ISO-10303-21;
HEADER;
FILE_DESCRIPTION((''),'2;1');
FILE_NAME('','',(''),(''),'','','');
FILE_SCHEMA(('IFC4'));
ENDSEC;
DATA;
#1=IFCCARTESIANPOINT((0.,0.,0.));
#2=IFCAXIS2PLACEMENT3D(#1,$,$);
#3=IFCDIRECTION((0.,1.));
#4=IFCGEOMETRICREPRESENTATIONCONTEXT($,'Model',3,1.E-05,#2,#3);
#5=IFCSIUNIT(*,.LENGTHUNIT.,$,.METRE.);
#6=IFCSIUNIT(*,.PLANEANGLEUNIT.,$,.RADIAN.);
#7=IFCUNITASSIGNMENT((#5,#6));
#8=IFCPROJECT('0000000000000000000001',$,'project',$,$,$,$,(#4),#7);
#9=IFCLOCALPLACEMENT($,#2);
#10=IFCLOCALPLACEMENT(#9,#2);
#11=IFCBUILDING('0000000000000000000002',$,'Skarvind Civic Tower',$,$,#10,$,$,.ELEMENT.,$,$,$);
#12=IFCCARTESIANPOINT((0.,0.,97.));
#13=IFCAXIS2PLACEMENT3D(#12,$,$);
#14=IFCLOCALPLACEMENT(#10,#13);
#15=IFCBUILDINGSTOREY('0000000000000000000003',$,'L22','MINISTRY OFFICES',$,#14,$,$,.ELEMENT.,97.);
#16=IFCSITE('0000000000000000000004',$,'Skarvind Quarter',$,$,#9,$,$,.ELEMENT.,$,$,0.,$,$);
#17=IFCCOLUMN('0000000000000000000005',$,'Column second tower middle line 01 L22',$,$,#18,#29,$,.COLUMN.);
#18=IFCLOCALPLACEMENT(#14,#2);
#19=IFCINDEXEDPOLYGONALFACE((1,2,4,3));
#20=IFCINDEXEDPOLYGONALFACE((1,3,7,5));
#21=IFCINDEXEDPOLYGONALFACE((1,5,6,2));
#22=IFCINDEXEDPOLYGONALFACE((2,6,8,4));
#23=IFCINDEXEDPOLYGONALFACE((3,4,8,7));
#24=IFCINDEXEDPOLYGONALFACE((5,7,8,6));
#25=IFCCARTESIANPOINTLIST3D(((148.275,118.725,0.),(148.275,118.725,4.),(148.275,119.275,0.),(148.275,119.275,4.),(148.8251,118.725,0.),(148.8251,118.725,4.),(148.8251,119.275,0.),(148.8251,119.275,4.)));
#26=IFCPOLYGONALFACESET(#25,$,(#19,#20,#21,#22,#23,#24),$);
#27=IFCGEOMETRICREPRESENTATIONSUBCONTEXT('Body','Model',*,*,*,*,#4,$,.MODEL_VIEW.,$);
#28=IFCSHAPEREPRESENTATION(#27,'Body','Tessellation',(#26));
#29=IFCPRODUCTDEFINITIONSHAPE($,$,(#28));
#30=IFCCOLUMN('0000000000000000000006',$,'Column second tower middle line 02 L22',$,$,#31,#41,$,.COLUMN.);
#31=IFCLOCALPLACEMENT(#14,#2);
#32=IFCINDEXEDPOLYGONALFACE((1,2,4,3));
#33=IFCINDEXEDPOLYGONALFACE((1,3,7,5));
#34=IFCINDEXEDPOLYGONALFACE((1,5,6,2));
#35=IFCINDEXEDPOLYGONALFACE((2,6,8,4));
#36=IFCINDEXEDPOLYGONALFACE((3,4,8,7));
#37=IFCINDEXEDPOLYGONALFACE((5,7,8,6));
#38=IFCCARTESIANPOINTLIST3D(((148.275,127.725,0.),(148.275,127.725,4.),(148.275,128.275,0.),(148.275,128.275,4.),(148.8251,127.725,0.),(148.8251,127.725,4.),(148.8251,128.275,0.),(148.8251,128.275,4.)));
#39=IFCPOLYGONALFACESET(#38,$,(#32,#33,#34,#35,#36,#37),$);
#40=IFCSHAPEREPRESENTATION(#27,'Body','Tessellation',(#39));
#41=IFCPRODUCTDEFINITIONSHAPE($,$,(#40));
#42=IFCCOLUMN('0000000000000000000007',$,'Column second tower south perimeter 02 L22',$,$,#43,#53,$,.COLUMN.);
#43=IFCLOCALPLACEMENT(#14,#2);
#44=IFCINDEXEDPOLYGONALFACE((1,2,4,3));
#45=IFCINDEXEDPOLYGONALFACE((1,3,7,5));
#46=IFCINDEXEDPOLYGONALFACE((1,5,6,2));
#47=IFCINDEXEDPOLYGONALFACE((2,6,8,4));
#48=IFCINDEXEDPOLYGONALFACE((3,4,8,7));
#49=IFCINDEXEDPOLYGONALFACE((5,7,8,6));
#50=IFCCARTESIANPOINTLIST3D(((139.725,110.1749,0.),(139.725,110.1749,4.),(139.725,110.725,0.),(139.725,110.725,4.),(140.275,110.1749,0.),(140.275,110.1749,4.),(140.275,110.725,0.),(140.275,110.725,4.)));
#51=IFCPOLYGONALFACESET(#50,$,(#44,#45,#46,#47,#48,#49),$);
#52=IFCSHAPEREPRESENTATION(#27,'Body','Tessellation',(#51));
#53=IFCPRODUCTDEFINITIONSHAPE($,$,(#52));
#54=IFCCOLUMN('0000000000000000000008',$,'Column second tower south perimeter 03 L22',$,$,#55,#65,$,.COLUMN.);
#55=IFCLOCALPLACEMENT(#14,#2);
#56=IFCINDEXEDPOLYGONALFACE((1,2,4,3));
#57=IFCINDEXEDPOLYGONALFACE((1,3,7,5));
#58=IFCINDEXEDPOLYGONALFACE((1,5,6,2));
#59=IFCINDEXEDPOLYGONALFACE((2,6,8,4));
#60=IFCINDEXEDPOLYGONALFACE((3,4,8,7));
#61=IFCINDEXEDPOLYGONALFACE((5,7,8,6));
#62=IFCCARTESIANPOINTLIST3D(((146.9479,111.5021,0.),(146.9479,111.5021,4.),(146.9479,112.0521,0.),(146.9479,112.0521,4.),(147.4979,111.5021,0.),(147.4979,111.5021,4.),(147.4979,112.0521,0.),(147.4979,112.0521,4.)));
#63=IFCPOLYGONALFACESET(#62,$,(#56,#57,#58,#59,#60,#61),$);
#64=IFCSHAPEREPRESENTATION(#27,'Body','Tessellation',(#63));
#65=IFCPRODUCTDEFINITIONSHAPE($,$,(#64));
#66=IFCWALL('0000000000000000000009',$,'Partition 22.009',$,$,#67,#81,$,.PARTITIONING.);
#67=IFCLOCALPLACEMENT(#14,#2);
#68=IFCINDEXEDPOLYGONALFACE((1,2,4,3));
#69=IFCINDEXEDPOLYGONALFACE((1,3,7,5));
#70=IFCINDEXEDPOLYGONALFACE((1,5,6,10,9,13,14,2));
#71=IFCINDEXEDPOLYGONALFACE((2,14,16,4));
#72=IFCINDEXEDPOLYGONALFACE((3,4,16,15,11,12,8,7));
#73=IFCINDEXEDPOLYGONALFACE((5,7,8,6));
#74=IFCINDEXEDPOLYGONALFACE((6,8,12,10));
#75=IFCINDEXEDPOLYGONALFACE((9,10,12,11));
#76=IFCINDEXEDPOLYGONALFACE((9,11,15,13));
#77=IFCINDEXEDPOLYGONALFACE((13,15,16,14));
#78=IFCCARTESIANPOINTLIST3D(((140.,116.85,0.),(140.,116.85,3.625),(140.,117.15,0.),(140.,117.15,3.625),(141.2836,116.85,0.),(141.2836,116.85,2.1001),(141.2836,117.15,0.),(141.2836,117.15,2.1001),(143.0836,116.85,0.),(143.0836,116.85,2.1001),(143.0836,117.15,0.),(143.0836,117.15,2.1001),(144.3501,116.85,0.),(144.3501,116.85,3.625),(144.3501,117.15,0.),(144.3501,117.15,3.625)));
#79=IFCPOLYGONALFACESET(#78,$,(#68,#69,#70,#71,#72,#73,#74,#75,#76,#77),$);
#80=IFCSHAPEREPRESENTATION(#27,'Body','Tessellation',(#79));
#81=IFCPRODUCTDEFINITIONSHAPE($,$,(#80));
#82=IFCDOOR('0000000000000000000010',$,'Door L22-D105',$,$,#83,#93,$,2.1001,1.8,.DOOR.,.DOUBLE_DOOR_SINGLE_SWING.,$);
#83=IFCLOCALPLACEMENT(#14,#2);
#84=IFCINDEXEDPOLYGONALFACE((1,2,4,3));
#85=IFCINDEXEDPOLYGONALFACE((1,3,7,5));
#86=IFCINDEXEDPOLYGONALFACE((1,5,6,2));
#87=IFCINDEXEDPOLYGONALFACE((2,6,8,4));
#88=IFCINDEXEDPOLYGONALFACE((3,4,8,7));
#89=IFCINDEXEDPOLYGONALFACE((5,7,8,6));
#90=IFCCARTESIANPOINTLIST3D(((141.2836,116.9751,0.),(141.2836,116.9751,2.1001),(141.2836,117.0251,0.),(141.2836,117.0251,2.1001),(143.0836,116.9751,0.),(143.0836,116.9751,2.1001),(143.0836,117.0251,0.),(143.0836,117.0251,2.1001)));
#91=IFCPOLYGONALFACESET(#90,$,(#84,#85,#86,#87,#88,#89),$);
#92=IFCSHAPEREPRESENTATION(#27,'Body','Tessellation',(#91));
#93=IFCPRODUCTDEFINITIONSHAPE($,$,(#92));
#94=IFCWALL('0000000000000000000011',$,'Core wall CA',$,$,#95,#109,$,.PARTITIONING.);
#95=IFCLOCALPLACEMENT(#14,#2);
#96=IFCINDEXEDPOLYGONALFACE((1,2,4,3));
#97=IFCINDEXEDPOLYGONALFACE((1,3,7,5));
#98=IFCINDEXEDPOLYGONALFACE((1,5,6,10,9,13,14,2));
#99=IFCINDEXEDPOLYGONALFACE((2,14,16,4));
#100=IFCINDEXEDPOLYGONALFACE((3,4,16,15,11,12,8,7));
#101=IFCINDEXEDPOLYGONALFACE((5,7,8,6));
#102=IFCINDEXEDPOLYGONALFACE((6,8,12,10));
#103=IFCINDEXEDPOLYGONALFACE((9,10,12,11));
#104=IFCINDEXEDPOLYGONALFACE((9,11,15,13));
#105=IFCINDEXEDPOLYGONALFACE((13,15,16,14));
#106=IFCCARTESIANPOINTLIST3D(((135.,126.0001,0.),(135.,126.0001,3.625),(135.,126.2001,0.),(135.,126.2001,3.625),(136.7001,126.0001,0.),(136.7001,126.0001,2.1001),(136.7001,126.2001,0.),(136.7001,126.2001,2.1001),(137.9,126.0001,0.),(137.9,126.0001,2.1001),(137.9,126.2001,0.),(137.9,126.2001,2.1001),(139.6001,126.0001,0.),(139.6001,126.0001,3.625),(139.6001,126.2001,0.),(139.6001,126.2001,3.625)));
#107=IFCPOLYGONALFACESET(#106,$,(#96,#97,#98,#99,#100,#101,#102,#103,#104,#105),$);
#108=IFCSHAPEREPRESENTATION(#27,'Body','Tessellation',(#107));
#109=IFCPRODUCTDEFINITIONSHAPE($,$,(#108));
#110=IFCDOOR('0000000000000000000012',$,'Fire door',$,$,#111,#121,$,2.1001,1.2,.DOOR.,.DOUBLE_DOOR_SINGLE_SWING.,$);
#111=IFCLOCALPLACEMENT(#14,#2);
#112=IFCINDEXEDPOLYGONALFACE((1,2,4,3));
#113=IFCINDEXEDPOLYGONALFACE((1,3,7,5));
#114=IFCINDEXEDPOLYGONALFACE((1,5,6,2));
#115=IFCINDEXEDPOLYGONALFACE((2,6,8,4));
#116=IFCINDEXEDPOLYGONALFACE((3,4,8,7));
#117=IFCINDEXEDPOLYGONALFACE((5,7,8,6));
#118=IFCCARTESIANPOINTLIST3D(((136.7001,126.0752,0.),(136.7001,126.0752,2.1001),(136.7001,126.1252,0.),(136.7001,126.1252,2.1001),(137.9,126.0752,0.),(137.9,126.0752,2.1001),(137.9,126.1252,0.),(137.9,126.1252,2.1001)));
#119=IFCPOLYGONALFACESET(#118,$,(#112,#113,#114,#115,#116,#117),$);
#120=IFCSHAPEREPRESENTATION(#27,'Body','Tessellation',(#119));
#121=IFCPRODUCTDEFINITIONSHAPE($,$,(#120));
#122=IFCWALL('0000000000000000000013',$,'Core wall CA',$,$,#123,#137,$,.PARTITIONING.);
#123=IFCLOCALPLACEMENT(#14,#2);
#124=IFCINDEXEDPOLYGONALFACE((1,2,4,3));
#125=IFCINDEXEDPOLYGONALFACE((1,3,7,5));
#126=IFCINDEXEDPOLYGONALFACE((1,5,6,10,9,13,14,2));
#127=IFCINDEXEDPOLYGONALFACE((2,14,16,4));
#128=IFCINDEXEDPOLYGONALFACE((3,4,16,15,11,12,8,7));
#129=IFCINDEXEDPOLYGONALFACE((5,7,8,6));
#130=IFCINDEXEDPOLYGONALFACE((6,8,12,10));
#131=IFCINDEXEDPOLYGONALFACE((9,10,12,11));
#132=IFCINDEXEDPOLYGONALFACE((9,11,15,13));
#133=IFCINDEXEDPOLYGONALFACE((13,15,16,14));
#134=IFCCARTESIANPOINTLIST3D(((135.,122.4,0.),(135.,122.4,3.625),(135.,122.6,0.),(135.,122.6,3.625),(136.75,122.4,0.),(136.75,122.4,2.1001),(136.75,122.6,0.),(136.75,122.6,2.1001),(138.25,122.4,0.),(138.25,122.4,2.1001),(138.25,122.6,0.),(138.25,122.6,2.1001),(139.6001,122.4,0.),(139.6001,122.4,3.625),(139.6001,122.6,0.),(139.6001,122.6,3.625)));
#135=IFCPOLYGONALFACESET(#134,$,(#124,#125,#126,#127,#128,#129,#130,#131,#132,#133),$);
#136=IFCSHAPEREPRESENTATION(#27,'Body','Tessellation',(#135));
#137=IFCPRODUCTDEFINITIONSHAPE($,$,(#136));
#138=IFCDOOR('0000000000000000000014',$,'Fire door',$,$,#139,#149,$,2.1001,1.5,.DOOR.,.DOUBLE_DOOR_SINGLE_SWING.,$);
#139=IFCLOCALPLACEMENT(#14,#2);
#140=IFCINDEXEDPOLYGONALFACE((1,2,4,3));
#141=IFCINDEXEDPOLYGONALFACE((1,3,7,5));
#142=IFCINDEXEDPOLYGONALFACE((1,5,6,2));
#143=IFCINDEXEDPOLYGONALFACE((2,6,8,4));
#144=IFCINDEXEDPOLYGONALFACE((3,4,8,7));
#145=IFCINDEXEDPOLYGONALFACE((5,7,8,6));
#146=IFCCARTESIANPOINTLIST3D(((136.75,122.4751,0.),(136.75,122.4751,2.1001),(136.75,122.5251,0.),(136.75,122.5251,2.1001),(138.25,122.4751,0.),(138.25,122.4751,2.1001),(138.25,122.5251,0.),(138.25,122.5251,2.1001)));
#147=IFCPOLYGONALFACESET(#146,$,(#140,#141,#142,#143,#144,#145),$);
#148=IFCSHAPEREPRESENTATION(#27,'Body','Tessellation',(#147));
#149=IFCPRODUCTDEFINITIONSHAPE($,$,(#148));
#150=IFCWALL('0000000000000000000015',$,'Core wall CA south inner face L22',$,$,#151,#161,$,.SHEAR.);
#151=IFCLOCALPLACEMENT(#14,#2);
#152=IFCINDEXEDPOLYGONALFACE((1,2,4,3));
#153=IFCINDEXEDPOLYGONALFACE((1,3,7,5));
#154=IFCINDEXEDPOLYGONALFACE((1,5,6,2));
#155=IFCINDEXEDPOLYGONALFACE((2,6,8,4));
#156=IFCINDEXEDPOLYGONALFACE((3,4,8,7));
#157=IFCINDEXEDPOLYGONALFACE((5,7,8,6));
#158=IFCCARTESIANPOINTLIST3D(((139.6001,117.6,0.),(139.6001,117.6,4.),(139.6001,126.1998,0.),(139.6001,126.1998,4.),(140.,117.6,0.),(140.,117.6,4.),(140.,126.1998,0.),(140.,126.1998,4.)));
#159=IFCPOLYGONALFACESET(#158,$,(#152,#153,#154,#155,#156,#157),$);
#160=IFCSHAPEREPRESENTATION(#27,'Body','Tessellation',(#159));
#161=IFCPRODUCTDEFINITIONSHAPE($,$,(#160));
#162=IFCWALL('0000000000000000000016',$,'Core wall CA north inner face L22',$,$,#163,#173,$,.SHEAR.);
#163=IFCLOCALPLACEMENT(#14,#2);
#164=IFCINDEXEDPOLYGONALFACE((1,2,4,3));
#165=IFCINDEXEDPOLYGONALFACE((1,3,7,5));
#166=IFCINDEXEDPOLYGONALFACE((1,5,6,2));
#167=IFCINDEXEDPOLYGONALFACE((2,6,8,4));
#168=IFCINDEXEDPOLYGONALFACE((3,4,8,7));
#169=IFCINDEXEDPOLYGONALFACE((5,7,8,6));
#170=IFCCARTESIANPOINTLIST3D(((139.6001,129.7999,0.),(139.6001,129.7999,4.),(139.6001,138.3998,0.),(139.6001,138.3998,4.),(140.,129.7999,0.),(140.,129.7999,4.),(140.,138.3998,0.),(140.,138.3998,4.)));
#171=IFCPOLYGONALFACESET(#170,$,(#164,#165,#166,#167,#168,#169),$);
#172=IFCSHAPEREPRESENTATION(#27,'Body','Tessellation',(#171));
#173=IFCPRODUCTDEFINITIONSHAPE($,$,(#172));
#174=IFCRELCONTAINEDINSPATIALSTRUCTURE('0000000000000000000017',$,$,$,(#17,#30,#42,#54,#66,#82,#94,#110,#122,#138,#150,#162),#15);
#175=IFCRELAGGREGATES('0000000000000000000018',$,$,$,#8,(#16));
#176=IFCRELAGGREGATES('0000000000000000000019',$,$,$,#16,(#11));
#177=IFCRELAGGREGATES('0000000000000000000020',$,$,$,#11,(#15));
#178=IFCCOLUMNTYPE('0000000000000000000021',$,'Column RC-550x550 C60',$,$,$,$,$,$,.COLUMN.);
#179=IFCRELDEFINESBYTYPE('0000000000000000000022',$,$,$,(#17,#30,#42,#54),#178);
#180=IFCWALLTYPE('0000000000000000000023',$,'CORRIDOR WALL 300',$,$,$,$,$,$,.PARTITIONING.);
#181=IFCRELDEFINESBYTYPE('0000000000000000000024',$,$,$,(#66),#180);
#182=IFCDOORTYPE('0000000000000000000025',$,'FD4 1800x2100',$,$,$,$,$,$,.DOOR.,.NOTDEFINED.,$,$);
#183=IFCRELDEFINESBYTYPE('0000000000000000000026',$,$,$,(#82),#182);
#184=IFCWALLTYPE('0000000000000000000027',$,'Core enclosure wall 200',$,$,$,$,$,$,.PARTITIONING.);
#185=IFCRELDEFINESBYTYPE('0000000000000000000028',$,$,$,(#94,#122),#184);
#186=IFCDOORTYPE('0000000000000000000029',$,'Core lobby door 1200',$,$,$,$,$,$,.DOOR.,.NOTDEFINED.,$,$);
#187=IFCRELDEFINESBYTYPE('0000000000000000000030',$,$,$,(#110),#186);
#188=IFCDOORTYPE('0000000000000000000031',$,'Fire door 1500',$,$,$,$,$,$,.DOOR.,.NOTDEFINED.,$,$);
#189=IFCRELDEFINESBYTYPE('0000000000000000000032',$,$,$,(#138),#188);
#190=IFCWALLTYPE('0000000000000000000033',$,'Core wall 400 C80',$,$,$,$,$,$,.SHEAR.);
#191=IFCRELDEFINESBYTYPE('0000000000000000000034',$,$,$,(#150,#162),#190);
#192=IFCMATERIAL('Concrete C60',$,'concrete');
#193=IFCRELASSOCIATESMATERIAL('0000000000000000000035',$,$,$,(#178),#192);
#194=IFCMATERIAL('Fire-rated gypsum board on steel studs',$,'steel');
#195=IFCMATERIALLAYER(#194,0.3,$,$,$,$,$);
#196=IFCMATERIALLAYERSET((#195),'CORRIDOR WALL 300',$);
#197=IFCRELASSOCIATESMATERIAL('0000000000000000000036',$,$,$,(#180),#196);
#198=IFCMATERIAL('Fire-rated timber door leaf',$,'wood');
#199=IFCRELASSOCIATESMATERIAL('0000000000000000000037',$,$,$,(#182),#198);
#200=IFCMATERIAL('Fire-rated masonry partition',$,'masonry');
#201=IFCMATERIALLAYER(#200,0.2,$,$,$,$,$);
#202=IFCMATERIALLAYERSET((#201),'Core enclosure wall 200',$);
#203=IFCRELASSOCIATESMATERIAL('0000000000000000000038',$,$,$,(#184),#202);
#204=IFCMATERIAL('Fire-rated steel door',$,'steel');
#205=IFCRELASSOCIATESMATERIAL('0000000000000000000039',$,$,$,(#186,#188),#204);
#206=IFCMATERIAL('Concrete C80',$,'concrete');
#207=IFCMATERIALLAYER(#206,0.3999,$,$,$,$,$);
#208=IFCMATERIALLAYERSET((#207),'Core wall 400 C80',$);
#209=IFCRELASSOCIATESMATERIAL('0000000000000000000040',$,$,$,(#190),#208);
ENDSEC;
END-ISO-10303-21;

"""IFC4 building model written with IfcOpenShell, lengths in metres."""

from ifc_helpers import new_model, si_unit, direction, frame, frame_2d, origin, origin_2d, place, context, subcontext, project, spatial, rectangle, extrude, material, layer, layer_set, material_profile, profile_set, type_object, element, fill, save


model = new_model("IFC4")

# Units and contexts
model_context = context("Model", 3, precision=1e-05, world=origin(), true_north=direction((0.0, 1.0)))
body_context = subcontext(model_context, "Body", "Model", "MODEL_VIEW")
ifc_project = project(units=[si_unit("LENGTHUNIT", "METRE"), si_unit("PLANEANGLEUNIT", "RADIAN")], contexts=[model_context])

# Site, building, storey
site_placement = place(None, origin())
site = spatial("IfcSite", under=ifc_project, at=site_placement, Name="Skarvind Quarter", CompositionType="ELEMENT", RefElevation=0.0)
building_placement = place(site_placement, origin())
building = spatial("IfcBuilding", under=site, at=building_placement, Name="Skarvind Civic Tower", CompositionType="ELEMENT")
storey_placement = place(building_placement, frame((0.0, 0.0, 97.0)))
storey = spatial("IfcBuildingStorey", under=building, at=storey_placement, Name="L22", Description="MINISTRY OFFICES", CompositionType="ELEMENT", Elevation=97.0)

# Columns
ifc_material_1 = material(Name="Concrete C60", Category="concrete")
ifc_material_profile = material_profile(ifc_material_1, rectangle(XDim=0.55, YDim=0.55, at=origin_2d()), Name="RC-550x550")
ifc_profile_set = profile_set([ifc_material_profile], Name="Concrete C60")
column_type = type_object("IfcColumnType", Name="Column RC-550x550 C60", PredefinedType="COLUMN", material=ifc_profile_set)
for number, where, z_axis, x_axis, name in (
    (1, (148.55, 119.0, 0.0), (0.0, 0.0, 1.0), (1.0, 0.0, 0.0), "Column second tower middle line 01 L22"),
    (2, (148.55, 128.0, 0.0), (0.0, 0.0, 1.0), (1.0, 0.0, 0.0), "Column second tower middle line 02 L22"),
    (3, (140.0, 110.45, 0.0), (0.0, 0.0, 1.0), (1.0, 0.0, 0.0), "Column second tower south perimeter 02 L22"),
    (4, (147.2229, 111.7771, 0.0), (0.0, 0.0, 1.0), (1.0, 0.0, 0.0), "Column second tower south perimeter 03 L22"),
):
    element("IfcColumn", number, at=place(storey_placement, frame(where, z_axis=z_axis, x_axis=x_axis)), inside=storey, type_object=column_type, Name=name, PredefinedType="COLUMN", context=body_context, shape_type="SweptSolid", body=[
        extrude(rectangle(XDim=0.55, YDim=0.55, at=origin_2d()), origin(), (0.0, 0.0, 1.0), 4.0),
    ])

# Walls, openings, doors
ifc_material_2 = material(Name="Fire-rated gypsum board on steel studs", Category="steel")
ifc_layer_1 = layer(ifc_material_2, 0.3)
ifc_layer_set_1 = layer_set([ifc_layer_1], Name="CORRIDOR WALL 300")
wall_type_1 = type_object("IfcWallType", Name="CORRIDOR WALL 300", PredefinedType="PARTITIONING", material=ifc_layer_set_1)
wall_1_placement = place(storey_placement, frame((144.3501, 117.0, 0.0), z_axis=(0.0, 0.0, 1.0), x_axis=(-1.0, 0.0, 0.0)))
wall_1 = element("IfcWall", 5, at=wall_1_placement, inside=storey, type_object=wall_type_1, Name="Partition 22.009", PredefinedType="PARTITIONING", context=body_context, shape_type="SweptSolid", body=[
    extrude(rectangle(XDim=4.3501, YDim=0.3, at=frame_2d((2.175, 0.0))), origin(), (0.0, 0.0, 1.0), 3.625),
])
opening_1_placement = place(wall_1_placement, frame((1.2666, 0.0, 0.0)))
opening_1 = element("IfcOpeningElement", 6, at=opening_1_placement, cuts=wall_1, PredefinedType="OPENING", context=body_context, shape_type="SweptSolid", body=[
    extrude(rectangle(XDim=1.8, YDim=2.1001, at=frame_2d((0.8999, 1.05))), frame((0.0, 0.1599, 0.0), z_axis=(0.0, -1.0, 0.0), x_axis=(1.0, 0.0, 0.0)), (0.0, 0.0, 1.0), 0.3201),
])
ifc_material_3 = material(Name="Fire-rated timber door leaf", Category="wood")
door_type_1 = type_object("IfcDoorType", Name="FD4 1800x2100", OperationType="NOTDEFINED", PredefinedType="DOOR", material=ifc_material_3)
door_1_placement = place(opening_1_placement, origin())
door_1 = element("IfcDoor", 7, at=door_1_placement, inside=storey, type_object=door_type_1, Name="Door L22-D105", OperationType="DOUBLE_DOOR_SINGLE_SWING", OverallHeight=2.1001, OverallWidth=1.8, PredefinedType="DOOR", context=body_context, shape_type="SweptSolid", body=[
    extrude(rectangle(XDim=1.8, YDim=2.1001, at=frame_2d((0.8999, 1.05))), frame((0.0, 0.0249, 0.0), z_axis=(0.0, -1.0, 0.0), x_axis=(1.0, 0.0, 0.0)), (0.0, 0.0, 1.0), 0.05),
])
fill(opening_1, door_1)
ifc_material_4 = material(Name="Fire-rated masonry partition", Category="masonry")
ifc_layer_2 = layer(ifc_material_4, 0.2)
ifc_layer_set_2 = layer_set([ifc_layer_2], Name="Core enclosure wall 200")
wall_type_2 = type_object("IfcWallType", Name="Core enclosure wall 200", PredefinedType="PARTITIONING", material=ifc_layer_set_2)
wall_2_placement = place(storey_placement, frame((139.6001, 126.1001, 0.0), z_axis=(0.0, 0.0, 1.0), x_axis=(-1.0, 0.0, 0.0)))
wall_2 = element("IfcWall", 8, at=wall_2_placement, inside=storey, type_object=wall_type_2, Name="Core wall CA", PredefinedType="PARTITIONING", context=body_context, shape_type="SweptSolid", body=[
    extrude(rectangle(XDim=4.6001, YDim=0.2, at=frame_2d((2.3, 0.0))), origin(), (0.0, 0.0, 1.0), 3.625),
])
opening_2_placement = place(wall_2_placement, frame((1.7, 0.0, 0.0)))
opening_2 = element("IfcOpeningElement", 9, at=opening_2_placement, cuts=wall_2, PredefinedType="OPENING", context=body_context, shape_type="SweptSolid", body=[
    extrude(rectangle(XDim=1.2, YDim=2.1001, at=frame_2d((0.6001, 1.05))), frame((0.0, 0.1099, 0.0), z_axis=(0.0, -1.0, 0.0), x_axis=(1.0, 0.0, 0.0)), (0.0, 0.0, 1.0), 0.22),
])
ifc_material_5 = material(Name="Fire-rated steel door", Category="steel")
door_type_2 = type_object("IfcDoorType", Name="Core lobby door 1200", OperationType="NOTDEFINED", PredefinedType="DOOR", material=ifc_material_5)
door_2_placement = place(opening_2_placement, origin())
door_2 = element("IfcDoor", 10, at=door_2_placement, inside=storey, type_object=door_type_2, Name="Fire door", OperationType="DOUBLE_DOOR_SINGLE_SWING", OverallHeight=2.1001, OverallWidth=1.2, PredefinedType="DOOR", context=body_context, shape_type="SweptSolid", body=[
    extrude(rectangle(XDim=1.2, YDim=2.1001, at=frame_2d((0.6001, 1.05))), frame((0.0, 0.0249, 0.0), z_axis=(0.0, -1.0, 0.0), x_axis=(1.0, 0.0, 0.0)), (0.0, 0.0, 1.0), 0.05),
])
fill(opening_2, door_2)
wall_3_placement = place(storey_placement, frame((139.6001, 122.5, 0.0), z_axis=(0.0, 0.0, 1.0), x_axis=(-1.0, 0.0, 0.0)))
wall_3 = element("IfcWall", 11, at=wall_3_placement, inside=storey, type_object=wall_type_2, Name="Core wall CA", PredefinedType="PARTITIONING", context=body_context, shape_type="SweptSolid", body=[
    extrude(rectangle(XDim=4.6001, YDim=0.2, at=frame_2d((2.3, 0.0))), origin(), (0.0, 0.0, 1.0), 3.625),
])
opening_3_placement = place(wall_3_placement, frame((1.3501, 0.0, 0.0)))
opening_3 = element("IfcOpeningElement", 12, at=opening_3_placement, cuts=wall_3, PredefinedType="OPENING", context=body_context, shape_type="SweptSolid", body=[
    extrude(rectangle(XDim=1.5, YDim=2.1001, at=frame_2d((0.75, 1.05))), frame((0.0, 0.1099, 0.0), z_axis=(0.0, -1.0, 0.0), x_axis=(1.0, 0.0, 0.0)), (0.0, 0.0, 1.0), 0.22),
])
door_type_3 = type_object("IfcDoorType", Name="Fire door 1500", OperationType="NOTDEFINED", PredefinedType="DOOR", material=ifc_material_5)
door_3_placement = place(opening_3_placement, origin())
door_3 = element("IfcDoor", 13, at=door_3_placement, inside=storey, type_object=door_type_3, Name="Fire door", OperationType="DOUBLE_DOOR_SINGLE_SWING", OverallHeight=2.1001, OverallWidth=1.5, PredefinedType="DOOR", context=body_context, shape_type="SweptSolid", body=[
    extrude(rectangle(XDim=1.5, YDim=2.1001, at=frame_2d((0.75, 1.05))), frame((0.0, 0.0249, 0.0), z_axis=(0.0, -1.0, 0.0), x_axis=(1.0, 0.0, 0.0)), (0.0, 0.0, 1.0), 0.05),
])
fill(opening_3, door_3)

# Walls
ifc_material_6 = material(Name="Concrete C80", Category="concrete")
ifc_layer_3 = layer(ifc_material_6, 0.3999)
ifc_layer_set_3 = layer_set([ifc_layer_3], Name="Core wall 400 C80")
wall_type_3 = type_object("IfcWallType", Name="Core wall 400 C80", PredefinedType="SHEAR", material=ifc_layer_set_3)
for number, where, z_axis, x_axis, name in (
    (14, (139.8, 117.6001, 0.0), (0.0, 0.0, 1.0), (0.0, 1.0, 0.0), "Core wall CA south inner face L22"),
    (15, (139.8, 129.8, 0.0), (0.0, 0.0, 1.0), (0.0, 1.0, 0.0), "Core wall CA north inner face L22"),
):
    element("IfcWall", number, at=place(storey_placement, frame(where, z_axis=z_axis, x_axis=x_axis)), inside=storey, type_object=wall_type_3, Name=name, PredefinedType="SHEAR", context=body_context, shape_type="SweptSolid", body=[
        extrude(rectangle(XDim=8.5999, YDim=0.3999, at=frame_2d((4.2998, 0.0))), origin(), (0.0, 0.0, 1.0), 4.0),
    ])

save(model, "model.ifc")
